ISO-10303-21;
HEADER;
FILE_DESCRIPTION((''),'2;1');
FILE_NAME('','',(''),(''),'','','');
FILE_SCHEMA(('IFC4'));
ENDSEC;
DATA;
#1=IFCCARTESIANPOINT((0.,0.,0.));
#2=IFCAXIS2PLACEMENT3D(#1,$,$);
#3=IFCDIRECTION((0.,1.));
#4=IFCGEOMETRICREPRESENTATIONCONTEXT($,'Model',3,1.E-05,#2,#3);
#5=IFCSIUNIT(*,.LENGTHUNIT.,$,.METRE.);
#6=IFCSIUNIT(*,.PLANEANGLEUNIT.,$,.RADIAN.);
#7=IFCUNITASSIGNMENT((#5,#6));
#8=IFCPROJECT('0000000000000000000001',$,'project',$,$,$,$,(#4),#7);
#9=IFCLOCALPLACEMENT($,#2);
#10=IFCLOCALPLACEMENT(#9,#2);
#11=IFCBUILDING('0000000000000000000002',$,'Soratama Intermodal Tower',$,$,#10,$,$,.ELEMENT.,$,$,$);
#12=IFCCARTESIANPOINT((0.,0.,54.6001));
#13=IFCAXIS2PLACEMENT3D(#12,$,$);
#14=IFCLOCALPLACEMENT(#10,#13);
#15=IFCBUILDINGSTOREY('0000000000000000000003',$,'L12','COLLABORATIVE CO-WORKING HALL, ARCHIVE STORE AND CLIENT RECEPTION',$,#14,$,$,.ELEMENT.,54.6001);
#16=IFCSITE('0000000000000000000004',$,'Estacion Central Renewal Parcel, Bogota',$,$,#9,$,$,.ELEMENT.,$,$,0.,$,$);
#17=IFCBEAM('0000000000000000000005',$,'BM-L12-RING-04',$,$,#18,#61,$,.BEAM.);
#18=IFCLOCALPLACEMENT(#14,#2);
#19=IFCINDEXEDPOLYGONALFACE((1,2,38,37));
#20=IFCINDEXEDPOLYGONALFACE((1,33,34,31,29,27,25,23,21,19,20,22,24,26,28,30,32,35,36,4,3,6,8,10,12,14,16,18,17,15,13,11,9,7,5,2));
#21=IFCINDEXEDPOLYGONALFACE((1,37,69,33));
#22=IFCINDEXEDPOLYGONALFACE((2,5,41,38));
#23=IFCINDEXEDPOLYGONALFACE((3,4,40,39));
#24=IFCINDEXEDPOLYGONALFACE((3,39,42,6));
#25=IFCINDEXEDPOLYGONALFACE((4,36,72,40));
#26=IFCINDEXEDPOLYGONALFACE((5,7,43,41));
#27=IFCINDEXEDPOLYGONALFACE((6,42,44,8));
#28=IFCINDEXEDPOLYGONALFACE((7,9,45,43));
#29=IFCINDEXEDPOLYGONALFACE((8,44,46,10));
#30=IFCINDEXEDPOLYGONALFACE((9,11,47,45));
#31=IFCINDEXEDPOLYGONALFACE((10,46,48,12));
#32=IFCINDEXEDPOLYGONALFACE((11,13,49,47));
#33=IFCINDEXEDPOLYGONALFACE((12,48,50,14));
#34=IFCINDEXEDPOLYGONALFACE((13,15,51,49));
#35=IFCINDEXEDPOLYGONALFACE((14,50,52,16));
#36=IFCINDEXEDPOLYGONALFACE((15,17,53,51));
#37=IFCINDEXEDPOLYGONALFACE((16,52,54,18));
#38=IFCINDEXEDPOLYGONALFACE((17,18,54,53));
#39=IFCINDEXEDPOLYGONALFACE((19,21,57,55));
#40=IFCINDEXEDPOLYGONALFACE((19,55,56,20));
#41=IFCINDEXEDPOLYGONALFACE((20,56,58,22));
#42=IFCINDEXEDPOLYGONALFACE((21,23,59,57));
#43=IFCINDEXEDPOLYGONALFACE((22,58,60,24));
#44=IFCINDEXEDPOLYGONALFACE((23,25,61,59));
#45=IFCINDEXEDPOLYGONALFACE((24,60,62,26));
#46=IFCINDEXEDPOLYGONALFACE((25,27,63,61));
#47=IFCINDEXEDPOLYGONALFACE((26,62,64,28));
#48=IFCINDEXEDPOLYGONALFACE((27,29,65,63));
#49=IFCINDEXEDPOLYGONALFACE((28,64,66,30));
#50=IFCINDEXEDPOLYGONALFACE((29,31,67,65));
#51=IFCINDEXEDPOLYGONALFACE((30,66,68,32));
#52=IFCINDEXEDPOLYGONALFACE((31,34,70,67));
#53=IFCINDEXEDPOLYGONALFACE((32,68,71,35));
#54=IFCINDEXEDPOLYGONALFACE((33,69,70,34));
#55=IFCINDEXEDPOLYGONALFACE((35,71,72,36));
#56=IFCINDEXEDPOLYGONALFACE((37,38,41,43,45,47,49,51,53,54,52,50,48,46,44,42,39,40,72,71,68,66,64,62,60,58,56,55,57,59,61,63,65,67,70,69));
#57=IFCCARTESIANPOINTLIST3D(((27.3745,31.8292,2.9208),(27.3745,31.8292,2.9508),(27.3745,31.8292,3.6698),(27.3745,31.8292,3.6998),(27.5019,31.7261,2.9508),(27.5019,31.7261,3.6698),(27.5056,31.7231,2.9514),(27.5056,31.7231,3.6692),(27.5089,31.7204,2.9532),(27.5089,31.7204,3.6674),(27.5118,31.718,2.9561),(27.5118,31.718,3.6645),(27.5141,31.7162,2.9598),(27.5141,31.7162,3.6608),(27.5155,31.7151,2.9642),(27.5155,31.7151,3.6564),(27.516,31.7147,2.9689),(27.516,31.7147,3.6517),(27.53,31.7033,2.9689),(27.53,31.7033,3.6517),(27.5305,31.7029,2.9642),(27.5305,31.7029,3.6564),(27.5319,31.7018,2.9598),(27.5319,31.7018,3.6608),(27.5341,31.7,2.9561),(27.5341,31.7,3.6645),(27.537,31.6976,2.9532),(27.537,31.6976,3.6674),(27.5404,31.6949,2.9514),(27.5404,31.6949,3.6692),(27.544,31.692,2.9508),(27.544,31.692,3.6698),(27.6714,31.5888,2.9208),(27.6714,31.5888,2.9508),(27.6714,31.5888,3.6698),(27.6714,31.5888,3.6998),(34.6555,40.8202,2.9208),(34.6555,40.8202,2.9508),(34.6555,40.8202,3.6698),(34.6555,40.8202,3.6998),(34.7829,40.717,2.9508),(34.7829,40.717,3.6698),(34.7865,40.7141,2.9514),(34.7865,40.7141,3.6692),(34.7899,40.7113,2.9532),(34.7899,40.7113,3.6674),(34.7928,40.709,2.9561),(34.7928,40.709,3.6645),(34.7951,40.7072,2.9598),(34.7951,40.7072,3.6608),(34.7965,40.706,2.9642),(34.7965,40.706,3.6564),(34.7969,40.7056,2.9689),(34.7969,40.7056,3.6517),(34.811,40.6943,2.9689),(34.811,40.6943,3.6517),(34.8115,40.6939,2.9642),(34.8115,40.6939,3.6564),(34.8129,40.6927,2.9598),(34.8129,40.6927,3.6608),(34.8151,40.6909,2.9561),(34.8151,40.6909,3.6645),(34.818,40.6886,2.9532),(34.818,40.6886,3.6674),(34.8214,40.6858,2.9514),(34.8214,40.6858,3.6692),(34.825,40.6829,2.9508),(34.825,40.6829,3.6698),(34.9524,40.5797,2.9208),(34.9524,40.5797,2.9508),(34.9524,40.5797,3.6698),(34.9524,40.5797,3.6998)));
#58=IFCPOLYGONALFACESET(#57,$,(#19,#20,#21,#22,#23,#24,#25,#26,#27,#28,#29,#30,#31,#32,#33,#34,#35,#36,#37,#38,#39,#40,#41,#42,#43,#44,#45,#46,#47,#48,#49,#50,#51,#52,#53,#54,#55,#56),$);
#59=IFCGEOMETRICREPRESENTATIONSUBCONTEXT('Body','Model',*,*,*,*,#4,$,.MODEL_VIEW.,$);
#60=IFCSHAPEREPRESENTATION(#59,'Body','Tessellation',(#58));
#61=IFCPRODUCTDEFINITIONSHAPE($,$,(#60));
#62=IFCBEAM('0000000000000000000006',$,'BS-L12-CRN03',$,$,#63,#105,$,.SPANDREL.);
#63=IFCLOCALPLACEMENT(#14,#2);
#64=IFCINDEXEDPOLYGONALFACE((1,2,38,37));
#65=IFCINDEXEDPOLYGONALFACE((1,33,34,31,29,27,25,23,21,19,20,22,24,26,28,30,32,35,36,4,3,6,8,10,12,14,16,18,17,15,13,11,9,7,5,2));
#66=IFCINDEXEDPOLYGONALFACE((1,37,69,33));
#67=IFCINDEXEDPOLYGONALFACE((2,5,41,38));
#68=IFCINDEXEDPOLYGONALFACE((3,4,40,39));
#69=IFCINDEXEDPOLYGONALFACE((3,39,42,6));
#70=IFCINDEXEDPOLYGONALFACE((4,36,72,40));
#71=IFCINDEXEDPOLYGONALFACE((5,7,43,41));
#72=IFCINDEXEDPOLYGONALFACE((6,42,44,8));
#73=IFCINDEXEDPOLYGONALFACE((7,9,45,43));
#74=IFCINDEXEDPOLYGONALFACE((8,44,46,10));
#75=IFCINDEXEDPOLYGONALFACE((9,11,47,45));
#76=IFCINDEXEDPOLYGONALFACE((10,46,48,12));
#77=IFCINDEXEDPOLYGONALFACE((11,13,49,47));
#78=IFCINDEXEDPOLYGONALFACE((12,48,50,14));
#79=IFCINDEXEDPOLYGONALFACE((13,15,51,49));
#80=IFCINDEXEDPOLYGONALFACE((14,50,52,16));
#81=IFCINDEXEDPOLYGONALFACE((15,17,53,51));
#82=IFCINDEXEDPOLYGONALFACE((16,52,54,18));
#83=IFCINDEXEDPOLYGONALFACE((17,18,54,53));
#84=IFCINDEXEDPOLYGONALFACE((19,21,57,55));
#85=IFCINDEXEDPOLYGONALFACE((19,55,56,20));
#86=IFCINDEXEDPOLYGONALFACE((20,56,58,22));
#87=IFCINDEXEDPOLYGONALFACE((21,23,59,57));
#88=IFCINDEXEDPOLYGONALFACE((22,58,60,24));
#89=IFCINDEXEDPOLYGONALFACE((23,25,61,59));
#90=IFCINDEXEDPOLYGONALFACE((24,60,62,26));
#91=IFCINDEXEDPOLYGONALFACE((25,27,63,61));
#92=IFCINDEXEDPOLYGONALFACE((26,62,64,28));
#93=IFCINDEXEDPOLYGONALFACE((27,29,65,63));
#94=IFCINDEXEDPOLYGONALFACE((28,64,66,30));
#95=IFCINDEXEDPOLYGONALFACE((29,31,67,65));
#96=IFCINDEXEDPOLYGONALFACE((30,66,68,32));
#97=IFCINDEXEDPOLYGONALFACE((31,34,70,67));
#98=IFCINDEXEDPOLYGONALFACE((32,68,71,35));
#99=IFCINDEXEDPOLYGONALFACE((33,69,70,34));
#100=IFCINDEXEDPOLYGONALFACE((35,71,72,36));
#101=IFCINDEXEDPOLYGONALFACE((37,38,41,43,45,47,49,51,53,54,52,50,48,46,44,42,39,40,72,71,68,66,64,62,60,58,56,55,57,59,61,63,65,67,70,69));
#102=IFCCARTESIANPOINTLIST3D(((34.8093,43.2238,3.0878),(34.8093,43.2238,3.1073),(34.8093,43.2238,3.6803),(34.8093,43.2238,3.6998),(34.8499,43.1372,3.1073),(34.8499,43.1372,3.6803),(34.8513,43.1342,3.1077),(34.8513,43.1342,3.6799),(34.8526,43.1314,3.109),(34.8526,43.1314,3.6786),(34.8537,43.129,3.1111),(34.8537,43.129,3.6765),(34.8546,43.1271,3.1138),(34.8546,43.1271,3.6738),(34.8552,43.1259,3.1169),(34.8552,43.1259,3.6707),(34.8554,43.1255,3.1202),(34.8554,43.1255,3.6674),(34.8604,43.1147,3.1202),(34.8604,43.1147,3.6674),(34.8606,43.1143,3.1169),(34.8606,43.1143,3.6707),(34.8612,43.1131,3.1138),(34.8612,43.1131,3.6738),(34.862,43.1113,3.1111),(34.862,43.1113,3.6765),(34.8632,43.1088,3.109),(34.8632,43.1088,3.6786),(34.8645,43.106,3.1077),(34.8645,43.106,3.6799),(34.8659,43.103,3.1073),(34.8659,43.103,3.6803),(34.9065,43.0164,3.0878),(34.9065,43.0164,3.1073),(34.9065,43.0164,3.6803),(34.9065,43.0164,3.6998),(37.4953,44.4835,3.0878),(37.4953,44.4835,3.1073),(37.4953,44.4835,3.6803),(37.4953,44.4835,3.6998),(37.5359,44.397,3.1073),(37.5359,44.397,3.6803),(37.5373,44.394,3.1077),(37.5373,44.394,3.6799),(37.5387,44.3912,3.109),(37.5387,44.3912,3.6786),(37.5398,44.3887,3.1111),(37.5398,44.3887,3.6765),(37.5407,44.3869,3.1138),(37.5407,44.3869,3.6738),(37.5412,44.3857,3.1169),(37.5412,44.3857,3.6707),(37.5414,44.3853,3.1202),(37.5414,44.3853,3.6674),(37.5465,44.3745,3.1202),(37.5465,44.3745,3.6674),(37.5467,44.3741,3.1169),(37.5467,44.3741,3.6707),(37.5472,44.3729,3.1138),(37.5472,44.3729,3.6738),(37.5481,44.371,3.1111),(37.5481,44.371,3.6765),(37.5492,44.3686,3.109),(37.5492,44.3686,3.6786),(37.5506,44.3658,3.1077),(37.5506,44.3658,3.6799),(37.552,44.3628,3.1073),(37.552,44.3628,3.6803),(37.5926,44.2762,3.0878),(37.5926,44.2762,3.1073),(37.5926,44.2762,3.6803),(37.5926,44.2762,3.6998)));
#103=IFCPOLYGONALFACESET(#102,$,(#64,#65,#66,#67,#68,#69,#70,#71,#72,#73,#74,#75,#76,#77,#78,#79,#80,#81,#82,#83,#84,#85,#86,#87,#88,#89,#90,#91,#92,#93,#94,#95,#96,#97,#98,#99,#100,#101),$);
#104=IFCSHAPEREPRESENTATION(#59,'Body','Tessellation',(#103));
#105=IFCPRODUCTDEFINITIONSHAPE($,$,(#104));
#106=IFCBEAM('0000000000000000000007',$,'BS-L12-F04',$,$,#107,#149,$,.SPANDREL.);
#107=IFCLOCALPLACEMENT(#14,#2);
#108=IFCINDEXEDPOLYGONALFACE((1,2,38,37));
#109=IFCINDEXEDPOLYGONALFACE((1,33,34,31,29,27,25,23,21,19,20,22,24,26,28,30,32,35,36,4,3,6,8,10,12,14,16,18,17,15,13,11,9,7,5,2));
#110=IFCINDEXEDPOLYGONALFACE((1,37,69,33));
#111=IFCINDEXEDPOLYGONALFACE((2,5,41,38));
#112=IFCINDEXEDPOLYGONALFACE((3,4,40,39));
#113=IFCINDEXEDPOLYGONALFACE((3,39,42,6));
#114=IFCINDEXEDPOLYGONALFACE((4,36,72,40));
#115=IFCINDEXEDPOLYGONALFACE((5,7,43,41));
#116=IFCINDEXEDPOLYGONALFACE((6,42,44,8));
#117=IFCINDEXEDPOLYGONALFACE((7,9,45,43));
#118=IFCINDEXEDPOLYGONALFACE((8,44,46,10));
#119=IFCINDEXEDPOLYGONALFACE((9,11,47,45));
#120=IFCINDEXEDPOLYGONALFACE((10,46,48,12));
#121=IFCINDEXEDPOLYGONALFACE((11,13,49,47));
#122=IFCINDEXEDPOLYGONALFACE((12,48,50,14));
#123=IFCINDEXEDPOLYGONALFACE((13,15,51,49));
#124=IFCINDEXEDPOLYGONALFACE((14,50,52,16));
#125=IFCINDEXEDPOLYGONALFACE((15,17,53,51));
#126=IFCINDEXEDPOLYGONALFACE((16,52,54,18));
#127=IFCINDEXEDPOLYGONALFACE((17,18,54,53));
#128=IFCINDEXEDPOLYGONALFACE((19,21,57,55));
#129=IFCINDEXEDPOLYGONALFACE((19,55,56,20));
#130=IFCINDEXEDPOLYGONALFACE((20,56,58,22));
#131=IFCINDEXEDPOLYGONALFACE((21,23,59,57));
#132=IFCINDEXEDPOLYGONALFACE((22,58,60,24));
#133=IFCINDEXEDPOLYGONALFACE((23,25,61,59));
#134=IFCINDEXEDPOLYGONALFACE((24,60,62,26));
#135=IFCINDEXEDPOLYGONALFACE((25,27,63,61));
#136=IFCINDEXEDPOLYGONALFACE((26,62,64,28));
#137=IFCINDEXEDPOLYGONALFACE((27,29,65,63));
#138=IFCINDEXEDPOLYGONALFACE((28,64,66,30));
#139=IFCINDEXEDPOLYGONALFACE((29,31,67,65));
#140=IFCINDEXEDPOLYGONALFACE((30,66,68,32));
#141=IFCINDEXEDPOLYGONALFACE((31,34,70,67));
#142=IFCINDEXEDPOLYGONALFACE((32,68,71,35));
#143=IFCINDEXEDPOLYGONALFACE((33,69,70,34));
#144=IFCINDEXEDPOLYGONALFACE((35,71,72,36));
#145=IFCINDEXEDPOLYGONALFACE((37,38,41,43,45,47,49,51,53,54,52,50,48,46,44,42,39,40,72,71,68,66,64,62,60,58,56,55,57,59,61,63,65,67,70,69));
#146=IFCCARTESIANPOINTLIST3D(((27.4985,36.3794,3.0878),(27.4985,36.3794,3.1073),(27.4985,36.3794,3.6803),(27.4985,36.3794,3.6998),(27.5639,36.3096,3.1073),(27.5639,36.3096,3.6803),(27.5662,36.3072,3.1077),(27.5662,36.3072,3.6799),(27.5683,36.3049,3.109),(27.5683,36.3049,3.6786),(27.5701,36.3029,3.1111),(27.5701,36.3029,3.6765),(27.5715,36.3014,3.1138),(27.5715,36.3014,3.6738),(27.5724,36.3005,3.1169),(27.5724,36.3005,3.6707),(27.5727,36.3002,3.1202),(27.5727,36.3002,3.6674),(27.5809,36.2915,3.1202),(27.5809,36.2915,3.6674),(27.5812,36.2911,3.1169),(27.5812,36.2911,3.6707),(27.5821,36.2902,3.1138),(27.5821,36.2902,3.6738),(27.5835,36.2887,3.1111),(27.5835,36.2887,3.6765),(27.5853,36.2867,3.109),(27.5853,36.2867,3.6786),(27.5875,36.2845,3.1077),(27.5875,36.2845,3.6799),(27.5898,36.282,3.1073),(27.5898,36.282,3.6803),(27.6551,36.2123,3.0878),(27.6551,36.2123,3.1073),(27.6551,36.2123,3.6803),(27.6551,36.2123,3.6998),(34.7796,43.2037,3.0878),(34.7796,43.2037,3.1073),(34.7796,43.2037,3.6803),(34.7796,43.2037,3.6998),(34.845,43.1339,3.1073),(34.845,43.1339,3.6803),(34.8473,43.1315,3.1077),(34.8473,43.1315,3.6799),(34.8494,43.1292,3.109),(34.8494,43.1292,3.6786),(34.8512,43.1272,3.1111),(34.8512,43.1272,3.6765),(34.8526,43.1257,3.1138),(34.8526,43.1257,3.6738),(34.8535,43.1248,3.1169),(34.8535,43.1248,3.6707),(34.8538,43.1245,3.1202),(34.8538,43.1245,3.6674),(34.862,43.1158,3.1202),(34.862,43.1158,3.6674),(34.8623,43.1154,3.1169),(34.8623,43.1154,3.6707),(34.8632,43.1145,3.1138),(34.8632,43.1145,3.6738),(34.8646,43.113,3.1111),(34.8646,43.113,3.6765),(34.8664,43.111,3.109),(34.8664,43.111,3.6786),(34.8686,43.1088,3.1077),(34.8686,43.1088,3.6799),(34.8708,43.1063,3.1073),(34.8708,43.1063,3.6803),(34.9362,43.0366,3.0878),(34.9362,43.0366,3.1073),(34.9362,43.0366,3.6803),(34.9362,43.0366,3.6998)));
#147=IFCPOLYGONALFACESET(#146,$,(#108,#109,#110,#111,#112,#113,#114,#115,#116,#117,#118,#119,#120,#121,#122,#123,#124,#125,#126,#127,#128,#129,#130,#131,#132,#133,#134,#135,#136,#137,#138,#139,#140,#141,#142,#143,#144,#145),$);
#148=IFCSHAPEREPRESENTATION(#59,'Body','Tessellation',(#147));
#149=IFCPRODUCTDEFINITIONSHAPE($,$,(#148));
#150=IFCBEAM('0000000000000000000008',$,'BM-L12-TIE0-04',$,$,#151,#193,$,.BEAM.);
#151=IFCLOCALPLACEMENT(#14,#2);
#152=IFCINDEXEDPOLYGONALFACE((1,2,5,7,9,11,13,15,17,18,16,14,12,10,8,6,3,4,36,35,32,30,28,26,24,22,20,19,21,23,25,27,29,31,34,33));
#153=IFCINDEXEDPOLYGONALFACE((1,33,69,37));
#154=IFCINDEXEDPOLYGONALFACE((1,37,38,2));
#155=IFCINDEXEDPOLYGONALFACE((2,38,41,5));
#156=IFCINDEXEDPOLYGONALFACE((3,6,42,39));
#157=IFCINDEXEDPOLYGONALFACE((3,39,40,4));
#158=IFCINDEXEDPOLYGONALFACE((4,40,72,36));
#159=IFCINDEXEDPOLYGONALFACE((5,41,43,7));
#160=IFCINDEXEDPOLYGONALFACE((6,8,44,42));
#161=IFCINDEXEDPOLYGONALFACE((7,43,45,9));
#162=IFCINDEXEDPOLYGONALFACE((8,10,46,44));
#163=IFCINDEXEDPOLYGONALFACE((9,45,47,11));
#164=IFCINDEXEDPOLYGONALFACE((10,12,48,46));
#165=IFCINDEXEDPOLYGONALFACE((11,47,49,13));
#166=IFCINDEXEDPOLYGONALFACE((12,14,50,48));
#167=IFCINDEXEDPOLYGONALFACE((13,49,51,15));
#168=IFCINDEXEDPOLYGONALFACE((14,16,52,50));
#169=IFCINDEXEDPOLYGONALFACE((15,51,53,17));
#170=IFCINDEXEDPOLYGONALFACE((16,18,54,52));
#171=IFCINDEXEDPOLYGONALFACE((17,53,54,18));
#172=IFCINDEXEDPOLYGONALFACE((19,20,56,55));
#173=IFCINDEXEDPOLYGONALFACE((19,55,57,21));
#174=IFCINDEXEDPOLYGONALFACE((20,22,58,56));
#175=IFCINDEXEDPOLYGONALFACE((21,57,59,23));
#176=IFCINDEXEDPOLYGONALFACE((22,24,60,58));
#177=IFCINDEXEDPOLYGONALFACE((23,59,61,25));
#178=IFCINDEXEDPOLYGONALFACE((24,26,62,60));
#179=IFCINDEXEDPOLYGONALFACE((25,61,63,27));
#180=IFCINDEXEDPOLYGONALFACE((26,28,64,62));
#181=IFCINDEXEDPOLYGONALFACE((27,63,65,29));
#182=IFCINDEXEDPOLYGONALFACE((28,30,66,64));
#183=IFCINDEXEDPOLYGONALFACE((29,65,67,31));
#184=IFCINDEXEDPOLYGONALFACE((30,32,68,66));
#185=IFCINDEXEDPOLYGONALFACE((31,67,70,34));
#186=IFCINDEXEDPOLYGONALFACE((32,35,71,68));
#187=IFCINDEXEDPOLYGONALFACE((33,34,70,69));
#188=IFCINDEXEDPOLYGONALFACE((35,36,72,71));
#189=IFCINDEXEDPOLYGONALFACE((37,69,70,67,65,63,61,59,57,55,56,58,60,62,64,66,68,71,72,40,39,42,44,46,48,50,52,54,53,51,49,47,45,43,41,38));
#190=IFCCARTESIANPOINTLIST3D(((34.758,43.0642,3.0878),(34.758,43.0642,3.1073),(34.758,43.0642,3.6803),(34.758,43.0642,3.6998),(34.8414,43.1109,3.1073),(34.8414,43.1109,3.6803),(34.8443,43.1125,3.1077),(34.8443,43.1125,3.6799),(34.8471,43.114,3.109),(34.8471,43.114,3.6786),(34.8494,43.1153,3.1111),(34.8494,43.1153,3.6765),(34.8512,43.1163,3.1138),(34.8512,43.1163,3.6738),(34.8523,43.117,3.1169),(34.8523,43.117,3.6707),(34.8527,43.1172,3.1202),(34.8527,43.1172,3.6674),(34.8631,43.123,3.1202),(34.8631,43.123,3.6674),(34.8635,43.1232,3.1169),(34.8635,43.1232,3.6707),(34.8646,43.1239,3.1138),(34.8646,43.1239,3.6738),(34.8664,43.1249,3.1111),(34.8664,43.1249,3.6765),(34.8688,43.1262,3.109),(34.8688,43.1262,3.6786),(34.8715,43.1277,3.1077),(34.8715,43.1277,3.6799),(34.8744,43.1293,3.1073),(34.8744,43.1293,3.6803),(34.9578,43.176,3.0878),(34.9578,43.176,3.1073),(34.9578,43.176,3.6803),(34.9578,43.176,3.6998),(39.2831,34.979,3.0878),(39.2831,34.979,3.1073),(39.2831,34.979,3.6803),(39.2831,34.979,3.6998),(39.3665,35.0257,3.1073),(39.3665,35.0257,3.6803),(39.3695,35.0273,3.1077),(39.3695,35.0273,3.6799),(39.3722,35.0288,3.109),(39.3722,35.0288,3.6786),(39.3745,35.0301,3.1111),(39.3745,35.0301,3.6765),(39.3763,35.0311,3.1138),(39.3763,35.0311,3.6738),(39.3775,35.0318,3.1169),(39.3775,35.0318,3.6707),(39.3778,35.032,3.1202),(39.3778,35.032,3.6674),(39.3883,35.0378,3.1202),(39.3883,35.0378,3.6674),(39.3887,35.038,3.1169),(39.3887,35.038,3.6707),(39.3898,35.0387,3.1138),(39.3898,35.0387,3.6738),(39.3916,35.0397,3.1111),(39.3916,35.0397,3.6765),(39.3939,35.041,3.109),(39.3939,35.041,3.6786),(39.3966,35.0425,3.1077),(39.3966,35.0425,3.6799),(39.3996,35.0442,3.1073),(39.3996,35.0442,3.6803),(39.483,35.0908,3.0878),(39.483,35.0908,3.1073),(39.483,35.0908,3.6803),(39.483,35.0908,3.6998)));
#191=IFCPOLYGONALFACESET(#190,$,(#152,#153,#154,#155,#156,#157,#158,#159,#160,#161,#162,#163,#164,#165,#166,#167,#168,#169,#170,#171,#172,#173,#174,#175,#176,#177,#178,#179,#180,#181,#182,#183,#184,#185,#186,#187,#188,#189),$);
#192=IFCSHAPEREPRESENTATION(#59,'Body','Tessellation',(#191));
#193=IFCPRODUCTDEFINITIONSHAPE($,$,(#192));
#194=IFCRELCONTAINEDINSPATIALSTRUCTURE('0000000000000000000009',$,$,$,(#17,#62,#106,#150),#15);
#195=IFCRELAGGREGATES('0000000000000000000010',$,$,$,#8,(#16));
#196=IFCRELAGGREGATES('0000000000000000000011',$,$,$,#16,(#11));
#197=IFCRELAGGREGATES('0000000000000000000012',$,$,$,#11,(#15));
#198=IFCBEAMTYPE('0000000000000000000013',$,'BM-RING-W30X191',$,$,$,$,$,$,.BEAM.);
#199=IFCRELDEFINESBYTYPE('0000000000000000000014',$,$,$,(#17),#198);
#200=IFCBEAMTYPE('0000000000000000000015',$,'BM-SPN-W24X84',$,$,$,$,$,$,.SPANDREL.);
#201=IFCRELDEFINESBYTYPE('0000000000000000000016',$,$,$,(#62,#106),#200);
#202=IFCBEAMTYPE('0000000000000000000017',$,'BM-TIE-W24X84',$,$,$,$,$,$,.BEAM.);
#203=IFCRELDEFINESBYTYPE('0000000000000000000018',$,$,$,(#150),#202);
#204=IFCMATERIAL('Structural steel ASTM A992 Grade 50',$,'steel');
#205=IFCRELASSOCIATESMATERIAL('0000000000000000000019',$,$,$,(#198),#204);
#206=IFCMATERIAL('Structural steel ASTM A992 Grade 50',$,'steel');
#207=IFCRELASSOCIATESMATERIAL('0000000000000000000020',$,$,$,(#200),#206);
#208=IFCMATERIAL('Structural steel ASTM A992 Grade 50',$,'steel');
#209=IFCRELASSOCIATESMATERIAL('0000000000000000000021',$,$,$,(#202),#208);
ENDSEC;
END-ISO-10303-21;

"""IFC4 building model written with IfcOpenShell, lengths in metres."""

from ifc_helpers import new_model, si_unit, direction, frame, origin, origin_2d, place, context, subcontext, project, spatial, i_section, extrude, material, material_profile, profile_set, type_object, element, save


model = new_model("IFC4")

# Units and contexts
model_context = context("Model", 3, precision=1e-05, world=origin(), true_north=direction((0.0, 1.0)))
body_context = subcontext(model_context, "Body", "Model", "MODEL_VIEW")
ifc_project = project(units=[si_unit("LENGTHUNIT", "METRE"), si_unit("PLANEANGLEUNIT", "RADIAN")], contexts=[model_context])

# Site, building, storey
site_placement = place(None, origin())
site = spatial("IfcSite", under=ifc_project, at=site_placement, Name="Estacion Central Renewal Parcel, Bogota", CompositionType="ELEMENT", RefElevation=0.0)
building_placement = place(site_placement, origin())
building = spatial("IfcBuilding", under=site, at=building_placement, Name="Soratama Intermodal Tower", CompositionType="ELEMENT")
storey_placement = place(building_placement, frame((0.0, 0.0, 54.6001)))
storey = spatial("IfcBuildingStorey", under=building, at=storey_placement, Name="L12", Description="COLLABORATIVE CO-WORKING HALL, ARCHIVE STORE AND CLIENT RECEPTION", CompositionType="ELEMENT", Elevation=54.6001)

# Beams
ifc_material_1 = material(Name="Structural steel ASTM A992 Grade 50", Category="steel")
ifc_material_profile_1 = material_profile(ifc_material_1, i_section(OverallWidth=0.3821, OverallDepth=0.7791, WebThickness=0.0181, FlangeThickness=0.03, FilletRadius=0.0181, at=origin_2d()), Name="W30X191")
ifc_profile_set_1 = profile_set([ifc_material_profile_1], Name="Structural steel ASTM A992 Grade 50")
beam_type_1 = type_object("IfcBeamType", Name="BM-RING-W30X191", PredefinedType="BEAM", material=ifc_profile_set_1)
beam_1_placement = place(storey_placement, frame((34.804, 40.7, 3.3103), z_axis=(-0.629334, -0.777135, 0.0), x_axis=(0.777135, -0.629334, 0.0)))
element("IfcBeam", 1, at=beam_1_placement, inside=storey, type_object=beam_type_1, Name="BM-L12-RING-04", PredefinedType="BEAM", context=body_context, shape_type="SweptSolid", body=[
    extrude(i_section(OverallWidth=0.3821, OverallDepth=0.7791, WebThickness=0.0181, FlangeThickness=0.03, FilletRadius=0.0181, at=origin_2d()), origin(), (0.0, 0.0, 1.0), 11.5693),
])
ifc_material_2 = material(Name="Structural steel ASTM A992 Grade 50", Category="steel")
ifc_material_profile_2 = material_profile(ifc_material_2, i_section(OverallWidth=0.229, OverallDepth=0.6121, WebThickness=0.012, FlangeThickness=0.0195, FilletRadius=0.0129, at=origin_2d()), Name="W24X84")
ifc_profile_set_2 = profile_set([ifc_material_profile_2], Name="Structural steel ASTM A992 Grade 50")
beam_type_2 = type_object("IfcBeamType", Name="BM-SPN-W24X84", PredefinedType="SPANDREL", material=ifc_profile_set_2)
beam_2_placement = place(storey_placement, frame((37.5439, 44.3799, 3.3938), z_axis=(-0.90537, -0.424624, 0.0), x_axis=(0.424624, -0.90537, 0.0)))
element("IfcBeam", 2, at=beam_2_placement, inside=storey, type_object=beam_type_2, Name="BS-L12-CRN03", PredefinedType="SPANDREL", context=body_context, shape_type="SweptSolid", body=[
    extrude(i_section(OverallWidth=0.229, OverallDepth=0.6121, WebThickness=0.012, FlangeThickness=0.0195, FilletRadius=0.0129, at=origin_2d()), origin(), (0.0, 0.0, 1.0), 2.9668),
])
beam_3_placement = place(storey_placement, frame((34.8579, 43.1201, 3.3938), z_axis=(-0.729623, -0.683849, 0.0), x_axis=(0.683849, -0.729623, 0.0)))
element("IfcBeam", 3, at=beam_3_placement, inside=storey, type_object=beam_type_2, Name="BS-L12-F04", PredefinedType="SPANDREL", context=body_context, shape_type="SweptSolid", body=[
    extrude(i_section(OverallWidth=0.229, OverallDepth=0.6121, WebThickness=0.012, FlangeThickness=0.0195, FilletRadius=0.0129, at=origin_2d()), origin(), (0.0, 0.0, 1.0), 9.9792),
])
ifc_material_3 = material(Name="Structural steel ASTM A992 Grade 50", Category="steel")
ifc_material_profile_3 = material_profile(ifc_material_3, i_section(OverallWidth=0.229, OverallDepth=0.6121, WebThickness=0.012, FlangeThickness=0.0195, FilletRadius=0.0129, at=origin_2d()), Name="W24X84")
ifc_profile_set_3 = profile_set([ifc_material_profile_3], Name="Structural steel ASTM A992 Grade 50")
beam_type_3 = type_object("IfcBeamType", Name="BM-TIE-W24X84", PredefinedType="BEAM", material=ifc_profile_set_3)
beam_4_placement = place(storey_placement, frame((39.3831, 35.0349, 3.3938), z_axis=(-0.488392, 0.872624, 0.0), x_axis=(-0.872624, -0.488392, 0.0)))
element("IfcBeam", 4, at=beam_4_placement, inside=storey, type_object=beam_type_3, Name="BM-L12-TIE0-04", PredefinedType="BEAM", context=body_context, shape_type="SweptSolid", body=[
    extrude(i_section(OverallWidth=0.229, OverallDepth=0.6121, WebThickness=0.012, FlangeThickness=0.0195, FilletRadius=0.0129, at=origin_2d()), origin(), (0.0, 0.0, 1.0), 9.2654),
])

save(model, "model.ifc")
